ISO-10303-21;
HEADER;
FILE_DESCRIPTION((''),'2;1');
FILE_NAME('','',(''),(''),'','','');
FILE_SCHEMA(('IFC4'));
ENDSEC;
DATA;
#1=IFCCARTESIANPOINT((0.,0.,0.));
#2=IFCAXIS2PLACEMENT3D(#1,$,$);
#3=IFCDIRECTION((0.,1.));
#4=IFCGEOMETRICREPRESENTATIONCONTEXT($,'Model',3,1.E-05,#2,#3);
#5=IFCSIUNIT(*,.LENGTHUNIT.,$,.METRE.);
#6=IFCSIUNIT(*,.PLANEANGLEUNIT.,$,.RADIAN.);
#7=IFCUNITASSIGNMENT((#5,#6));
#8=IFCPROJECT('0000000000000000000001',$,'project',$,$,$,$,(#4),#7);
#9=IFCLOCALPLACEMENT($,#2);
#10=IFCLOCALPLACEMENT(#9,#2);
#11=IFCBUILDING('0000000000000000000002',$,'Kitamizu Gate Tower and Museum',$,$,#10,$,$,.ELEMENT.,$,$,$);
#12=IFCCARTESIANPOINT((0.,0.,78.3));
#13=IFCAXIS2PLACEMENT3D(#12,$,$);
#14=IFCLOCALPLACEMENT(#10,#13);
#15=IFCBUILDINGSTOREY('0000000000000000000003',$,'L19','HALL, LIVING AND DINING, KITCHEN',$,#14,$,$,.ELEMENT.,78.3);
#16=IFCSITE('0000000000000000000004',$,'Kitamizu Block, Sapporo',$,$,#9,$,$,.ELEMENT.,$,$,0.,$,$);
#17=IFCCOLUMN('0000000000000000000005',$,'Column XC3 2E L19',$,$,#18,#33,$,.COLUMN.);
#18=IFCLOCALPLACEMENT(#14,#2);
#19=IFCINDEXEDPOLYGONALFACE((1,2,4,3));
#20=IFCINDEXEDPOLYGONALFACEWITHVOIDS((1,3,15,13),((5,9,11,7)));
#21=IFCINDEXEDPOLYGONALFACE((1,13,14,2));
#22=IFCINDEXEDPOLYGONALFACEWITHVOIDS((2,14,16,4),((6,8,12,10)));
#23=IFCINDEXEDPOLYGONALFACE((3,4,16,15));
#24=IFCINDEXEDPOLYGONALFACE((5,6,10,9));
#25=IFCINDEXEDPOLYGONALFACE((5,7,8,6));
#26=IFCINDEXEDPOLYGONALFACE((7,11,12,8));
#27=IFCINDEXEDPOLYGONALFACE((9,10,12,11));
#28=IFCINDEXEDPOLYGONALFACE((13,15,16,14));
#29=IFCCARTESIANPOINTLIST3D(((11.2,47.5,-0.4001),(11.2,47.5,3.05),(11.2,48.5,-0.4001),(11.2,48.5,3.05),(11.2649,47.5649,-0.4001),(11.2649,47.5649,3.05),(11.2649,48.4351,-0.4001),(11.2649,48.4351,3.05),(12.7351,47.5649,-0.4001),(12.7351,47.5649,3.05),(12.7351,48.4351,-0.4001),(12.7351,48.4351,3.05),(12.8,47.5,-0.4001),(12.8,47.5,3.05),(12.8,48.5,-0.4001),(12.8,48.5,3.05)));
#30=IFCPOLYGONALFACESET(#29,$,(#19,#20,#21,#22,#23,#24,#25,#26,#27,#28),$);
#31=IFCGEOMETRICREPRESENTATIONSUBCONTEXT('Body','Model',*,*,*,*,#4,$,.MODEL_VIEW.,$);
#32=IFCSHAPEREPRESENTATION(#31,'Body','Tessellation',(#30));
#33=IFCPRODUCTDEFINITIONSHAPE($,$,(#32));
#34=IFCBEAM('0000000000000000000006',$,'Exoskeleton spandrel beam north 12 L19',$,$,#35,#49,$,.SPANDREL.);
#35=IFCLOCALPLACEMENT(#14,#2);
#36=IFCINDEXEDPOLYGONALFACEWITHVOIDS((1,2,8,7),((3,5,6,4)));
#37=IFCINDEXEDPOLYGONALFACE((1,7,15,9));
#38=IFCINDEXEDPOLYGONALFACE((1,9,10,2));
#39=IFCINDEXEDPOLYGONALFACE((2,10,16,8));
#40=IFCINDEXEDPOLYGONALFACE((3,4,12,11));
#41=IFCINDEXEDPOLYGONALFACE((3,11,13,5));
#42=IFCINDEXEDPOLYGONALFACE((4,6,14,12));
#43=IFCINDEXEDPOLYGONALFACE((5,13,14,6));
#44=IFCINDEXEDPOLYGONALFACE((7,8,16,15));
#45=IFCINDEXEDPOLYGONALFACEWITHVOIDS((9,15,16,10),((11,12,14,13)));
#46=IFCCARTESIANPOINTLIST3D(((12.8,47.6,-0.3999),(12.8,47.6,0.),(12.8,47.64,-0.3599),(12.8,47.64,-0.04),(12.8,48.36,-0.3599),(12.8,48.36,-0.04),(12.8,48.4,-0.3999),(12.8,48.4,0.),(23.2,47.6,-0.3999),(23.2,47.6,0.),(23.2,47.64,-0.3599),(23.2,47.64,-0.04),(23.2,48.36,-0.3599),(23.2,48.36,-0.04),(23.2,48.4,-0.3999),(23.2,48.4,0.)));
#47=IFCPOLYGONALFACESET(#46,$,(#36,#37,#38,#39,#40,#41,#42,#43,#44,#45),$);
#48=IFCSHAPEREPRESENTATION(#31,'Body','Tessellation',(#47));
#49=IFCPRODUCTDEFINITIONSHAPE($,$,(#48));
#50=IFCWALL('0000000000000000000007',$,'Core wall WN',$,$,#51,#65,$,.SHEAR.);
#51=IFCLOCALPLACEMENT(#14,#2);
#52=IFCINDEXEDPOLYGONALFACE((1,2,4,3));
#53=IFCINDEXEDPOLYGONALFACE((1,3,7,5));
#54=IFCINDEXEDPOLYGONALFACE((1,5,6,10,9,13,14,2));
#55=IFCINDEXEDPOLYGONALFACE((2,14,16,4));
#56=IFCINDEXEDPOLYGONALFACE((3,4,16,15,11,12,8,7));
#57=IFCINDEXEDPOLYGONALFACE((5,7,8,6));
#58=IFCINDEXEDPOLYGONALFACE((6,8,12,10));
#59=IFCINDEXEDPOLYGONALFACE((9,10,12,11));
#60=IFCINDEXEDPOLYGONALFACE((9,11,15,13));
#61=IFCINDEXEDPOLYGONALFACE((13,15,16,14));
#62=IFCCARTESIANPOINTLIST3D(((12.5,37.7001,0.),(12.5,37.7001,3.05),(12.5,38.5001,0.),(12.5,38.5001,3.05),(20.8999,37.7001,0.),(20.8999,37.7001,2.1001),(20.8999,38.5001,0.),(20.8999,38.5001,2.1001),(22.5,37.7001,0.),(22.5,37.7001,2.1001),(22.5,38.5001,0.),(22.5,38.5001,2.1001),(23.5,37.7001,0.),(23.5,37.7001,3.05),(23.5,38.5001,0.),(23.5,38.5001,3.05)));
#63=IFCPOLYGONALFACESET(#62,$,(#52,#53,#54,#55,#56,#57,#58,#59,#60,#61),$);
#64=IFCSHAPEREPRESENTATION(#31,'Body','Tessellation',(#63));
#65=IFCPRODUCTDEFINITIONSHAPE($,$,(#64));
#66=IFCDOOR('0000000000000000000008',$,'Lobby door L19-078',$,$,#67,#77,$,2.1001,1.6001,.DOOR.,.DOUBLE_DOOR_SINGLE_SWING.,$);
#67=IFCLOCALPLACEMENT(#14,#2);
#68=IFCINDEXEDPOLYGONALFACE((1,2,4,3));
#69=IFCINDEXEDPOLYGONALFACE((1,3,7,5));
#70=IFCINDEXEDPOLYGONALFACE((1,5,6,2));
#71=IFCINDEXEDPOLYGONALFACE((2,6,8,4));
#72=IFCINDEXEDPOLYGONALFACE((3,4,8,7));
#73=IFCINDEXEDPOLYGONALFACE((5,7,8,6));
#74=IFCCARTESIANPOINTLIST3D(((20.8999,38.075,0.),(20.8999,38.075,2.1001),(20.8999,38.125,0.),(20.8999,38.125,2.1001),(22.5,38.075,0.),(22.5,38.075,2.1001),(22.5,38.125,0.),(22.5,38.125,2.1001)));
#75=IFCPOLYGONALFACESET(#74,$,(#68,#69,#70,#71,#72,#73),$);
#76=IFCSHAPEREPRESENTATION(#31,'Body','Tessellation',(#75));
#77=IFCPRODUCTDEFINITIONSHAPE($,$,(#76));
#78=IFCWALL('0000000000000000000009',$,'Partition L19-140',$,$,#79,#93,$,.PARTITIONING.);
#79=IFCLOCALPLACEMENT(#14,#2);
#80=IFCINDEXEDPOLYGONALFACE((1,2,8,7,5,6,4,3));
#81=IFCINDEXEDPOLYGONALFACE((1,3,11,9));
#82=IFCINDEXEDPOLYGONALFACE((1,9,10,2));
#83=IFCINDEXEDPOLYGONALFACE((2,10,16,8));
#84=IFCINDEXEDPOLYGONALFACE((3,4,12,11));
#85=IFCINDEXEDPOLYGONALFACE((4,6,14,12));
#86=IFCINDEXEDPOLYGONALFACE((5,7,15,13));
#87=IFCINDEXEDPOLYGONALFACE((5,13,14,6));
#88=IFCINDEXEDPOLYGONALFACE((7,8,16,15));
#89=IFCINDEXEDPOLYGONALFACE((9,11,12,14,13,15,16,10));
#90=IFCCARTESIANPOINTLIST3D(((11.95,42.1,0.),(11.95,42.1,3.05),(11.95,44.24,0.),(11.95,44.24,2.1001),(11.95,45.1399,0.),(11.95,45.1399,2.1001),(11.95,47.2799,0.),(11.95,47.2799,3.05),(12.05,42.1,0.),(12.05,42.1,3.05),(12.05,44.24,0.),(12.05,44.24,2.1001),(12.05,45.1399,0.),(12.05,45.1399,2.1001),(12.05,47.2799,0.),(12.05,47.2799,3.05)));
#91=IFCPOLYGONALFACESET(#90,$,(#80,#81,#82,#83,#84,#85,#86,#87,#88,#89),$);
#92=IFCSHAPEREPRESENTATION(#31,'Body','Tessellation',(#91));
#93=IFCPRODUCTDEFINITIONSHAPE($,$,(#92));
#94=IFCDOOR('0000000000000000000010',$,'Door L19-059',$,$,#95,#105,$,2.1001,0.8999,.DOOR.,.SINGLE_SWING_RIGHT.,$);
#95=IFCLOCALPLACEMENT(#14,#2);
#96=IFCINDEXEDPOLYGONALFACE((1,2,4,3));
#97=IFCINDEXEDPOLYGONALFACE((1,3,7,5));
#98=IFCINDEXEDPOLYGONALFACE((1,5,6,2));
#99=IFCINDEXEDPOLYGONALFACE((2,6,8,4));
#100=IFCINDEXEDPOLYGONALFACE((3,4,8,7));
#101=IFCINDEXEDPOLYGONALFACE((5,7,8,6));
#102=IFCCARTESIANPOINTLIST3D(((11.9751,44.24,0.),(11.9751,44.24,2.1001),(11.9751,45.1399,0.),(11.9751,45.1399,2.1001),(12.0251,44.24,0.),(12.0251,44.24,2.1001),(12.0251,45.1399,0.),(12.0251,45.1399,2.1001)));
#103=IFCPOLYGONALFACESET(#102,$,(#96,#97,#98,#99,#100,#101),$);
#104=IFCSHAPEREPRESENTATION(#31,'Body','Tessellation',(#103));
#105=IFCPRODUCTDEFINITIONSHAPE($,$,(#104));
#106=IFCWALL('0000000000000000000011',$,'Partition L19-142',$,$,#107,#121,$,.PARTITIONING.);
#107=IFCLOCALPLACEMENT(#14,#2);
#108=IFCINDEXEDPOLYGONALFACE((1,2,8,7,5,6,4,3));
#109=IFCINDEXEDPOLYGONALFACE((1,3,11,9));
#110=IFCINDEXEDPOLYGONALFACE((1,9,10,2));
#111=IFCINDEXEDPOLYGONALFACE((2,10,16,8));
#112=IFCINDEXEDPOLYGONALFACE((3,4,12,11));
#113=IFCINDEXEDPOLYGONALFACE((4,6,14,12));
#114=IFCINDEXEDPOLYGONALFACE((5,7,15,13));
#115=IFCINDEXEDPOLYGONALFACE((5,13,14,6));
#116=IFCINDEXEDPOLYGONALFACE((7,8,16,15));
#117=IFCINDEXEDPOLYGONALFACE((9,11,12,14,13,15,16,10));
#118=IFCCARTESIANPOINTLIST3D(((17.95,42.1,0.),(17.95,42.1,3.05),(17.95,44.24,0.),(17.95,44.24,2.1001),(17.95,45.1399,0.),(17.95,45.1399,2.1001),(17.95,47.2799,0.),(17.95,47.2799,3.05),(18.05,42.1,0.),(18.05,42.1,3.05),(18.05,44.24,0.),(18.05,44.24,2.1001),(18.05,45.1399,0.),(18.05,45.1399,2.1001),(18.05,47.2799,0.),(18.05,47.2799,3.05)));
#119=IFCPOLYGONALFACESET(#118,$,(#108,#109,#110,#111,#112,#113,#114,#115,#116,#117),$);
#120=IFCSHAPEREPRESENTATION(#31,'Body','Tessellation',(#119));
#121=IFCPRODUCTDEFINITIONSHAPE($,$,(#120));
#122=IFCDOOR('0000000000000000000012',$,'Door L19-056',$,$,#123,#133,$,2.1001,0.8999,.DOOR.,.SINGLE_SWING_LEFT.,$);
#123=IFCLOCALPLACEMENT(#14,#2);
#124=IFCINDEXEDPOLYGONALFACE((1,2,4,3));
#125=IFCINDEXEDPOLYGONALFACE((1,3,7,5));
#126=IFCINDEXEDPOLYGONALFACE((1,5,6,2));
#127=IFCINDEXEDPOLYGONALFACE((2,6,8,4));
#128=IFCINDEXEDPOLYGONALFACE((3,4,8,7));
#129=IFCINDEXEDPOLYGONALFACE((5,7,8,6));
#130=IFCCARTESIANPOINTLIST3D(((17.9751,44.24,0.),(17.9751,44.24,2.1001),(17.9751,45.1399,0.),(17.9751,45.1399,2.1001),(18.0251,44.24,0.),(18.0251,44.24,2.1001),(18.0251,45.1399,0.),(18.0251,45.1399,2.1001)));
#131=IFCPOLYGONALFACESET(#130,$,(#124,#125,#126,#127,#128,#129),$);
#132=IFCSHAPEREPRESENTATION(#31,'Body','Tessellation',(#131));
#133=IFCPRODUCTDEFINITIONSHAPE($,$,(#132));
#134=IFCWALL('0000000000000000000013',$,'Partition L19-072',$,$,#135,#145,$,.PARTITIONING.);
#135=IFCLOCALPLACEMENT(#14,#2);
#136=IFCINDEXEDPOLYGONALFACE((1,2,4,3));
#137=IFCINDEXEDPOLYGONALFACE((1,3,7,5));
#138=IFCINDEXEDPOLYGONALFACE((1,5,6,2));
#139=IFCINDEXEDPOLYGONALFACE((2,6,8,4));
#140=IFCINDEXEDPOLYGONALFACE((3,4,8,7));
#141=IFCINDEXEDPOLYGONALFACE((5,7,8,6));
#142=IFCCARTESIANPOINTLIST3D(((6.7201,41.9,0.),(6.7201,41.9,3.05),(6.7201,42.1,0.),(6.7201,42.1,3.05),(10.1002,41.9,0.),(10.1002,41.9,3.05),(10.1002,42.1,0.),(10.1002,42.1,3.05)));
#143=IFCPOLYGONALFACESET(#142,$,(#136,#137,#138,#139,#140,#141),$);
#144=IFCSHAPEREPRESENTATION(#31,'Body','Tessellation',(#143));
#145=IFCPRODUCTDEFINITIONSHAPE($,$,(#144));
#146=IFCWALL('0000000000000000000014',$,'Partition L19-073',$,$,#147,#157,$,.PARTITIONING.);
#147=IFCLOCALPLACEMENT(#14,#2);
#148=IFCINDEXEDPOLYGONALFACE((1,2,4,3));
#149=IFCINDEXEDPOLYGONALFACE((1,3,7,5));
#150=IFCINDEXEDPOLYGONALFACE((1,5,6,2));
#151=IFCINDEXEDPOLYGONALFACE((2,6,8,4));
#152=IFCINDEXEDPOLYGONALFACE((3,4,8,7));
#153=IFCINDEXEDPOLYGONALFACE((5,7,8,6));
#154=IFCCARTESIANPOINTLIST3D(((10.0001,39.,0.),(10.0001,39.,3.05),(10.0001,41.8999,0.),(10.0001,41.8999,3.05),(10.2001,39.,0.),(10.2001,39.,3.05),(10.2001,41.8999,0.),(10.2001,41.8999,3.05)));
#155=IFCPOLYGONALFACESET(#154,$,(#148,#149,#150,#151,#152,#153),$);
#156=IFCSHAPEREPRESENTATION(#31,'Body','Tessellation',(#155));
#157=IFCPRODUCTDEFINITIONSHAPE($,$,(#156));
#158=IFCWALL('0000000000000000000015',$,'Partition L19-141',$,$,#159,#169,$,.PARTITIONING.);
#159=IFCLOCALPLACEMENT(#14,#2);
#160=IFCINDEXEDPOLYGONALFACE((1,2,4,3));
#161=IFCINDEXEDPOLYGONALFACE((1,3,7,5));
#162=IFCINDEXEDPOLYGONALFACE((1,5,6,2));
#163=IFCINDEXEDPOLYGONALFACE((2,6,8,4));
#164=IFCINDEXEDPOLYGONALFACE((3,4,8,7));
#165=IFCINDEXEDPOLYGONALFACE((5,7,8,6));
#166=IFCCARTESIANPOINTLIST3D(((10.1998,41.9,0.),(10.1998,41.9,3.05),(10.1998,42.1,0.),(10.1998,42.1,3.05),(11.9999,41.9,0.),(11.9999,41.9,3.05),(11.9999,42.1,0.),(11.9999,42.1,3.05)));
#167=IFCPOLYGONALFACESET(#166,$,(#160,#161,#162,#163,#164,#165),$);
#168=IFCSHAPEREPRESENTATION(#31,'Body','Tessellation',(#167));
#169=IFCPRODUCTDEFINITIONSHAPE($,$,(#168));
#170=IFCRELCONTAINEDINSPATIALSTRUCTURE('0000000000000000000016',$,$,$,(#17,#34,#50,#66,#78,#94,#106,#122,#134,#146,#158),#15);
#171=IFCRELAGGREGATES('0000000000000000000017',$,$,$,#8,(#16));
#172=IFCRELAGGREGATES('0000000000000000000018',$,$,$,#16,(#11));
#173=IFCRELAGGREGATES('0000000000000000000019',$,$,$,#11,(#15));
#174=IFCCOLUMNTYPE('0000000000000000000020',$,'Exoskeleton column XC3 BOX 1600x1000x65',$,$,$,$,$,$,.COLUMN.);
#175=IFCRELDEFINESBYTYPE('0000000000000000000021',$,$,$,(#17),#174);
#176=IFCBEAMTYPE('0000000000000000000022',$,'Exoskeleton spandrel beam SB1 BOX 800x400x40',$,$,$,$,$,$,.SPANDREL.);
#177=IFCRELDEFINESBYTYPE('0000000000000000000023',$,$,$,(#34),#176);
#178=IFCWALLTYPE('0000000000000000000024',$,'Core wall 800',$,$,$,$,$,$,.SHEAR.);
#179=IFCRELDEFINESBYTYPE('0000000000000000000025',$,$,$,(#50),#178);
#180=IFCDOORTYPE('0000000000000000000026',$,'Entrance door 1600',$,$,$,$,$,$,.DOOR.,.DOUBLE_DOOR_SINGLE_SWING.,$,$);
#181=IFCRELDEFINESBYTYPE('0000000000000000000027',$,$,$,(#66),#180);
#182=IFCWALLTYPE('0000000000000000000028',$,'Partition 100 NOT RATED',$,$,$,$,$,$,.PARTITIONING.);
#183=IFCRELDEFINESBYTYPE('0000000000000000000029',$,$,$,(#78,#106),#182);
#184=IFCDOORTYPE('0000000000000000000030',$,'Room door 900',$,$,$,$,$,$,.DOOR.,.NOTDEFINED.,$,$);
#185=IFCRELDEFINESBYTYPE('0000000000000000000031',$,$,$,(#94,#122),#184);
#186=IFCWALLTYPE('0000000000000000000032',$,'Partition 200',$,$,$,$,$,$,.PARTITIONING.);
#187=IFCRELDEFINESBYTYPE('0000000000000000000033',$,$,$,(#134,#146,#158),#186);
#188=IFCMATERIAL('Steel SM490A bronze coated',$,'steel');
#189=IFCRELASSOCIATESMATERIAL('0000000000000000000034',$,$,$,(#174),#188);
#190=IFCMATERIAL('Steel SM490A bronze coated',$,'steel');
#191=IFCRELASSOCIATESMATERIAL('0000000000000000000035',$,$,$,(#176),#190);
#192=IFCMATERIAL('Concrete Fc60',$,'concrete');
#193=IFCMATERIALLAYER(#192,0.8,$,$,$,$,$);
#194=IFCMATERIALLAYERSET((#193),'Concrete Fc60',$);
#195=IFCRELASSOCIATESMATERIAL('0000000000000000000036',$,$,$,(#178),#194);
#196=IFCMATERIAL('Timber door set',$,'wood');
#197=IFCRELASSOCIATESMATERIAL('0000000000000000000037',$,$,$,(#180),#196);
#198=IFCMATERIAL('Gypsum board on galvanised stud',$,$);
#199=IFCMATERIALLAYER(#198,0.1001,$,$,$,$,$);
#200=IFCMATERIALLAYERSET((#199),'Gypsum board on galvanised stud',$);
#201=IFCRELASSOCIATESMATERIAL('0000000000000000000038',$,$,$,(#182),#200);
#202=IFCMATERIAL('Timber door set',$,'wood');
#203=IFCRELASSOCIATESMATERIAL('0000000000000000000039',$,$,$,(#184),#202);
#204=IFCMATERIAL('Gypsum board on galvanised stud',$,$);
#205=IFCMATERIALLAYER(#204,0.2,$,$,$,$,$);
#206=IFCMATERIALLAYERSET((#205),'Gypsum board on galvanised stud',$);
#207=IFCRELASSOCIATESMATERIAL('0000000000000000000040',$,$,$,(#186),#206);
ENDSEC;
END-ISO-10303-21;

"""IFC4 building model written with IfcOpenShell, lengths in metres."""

from ifc_helpers import new_model, si_unit, direction, frame, frame_2d, origin, origin_2d, place, context, subcontext, project, spatial, rectangle, hollow_rectangle, extrude, material, layer, layer_set, material_profile, profile_set, type_object, element, fill, save


model = new_model("IFC4")

# Units and contexts
model_context = context("Model", 3, precision=1e-05, world=origin(), true_north=direction((0.0, 1.0)))
body_context = subcontext(model_context, "Body", "Model", "MODEL_VIEW")
ifc_project = project(units=[si_unit("LENGTHUNIT", "METRE"), si_unit("PLANEANGLEUNIT", "RADIAN")], contexts=[model_context])

# Site, building, storey
site_placement = place(None, origin())
site = spatial("IfcSite", under=ifc_project, at=site_placement, Name="Kitamizu Block, Sapporo", CompositionType="ELEMENT", RefElevation=0.0)
building_placement = place(site_placement, origin())
building = spatial("IfcBuilding", under=site, at=building_placement, Name="Kitamizu Gate Tower and Museum", CompositionType="ELEMENT")
storey_placement = place(building_placement, frame((0.0, 0.0, 78.3)))
storey = spatial("IfcBuildingStorey", under=building, at=storey_placement, Name="L19", Description="HALL, LIVING AND DINING, KITCHEN", CompositionType="ELEMENT", Elevation=78.3)

# Column
ifc_material_1 = material(Name="Steel SM490A bronze coated", Category="steel")
ifc_material_profile_1 = material_profile(ifc_material_1, hollow_rectangle(XDim=1.6001, YDim=1.0, WallThickness=0.0649, at=origin_2d()), Name="BOX 1600x1000x65")
ifc_profile_set_1 = profile_set([ifc_material_profile_1], Name="Steel SM490A bronze coated")
column_type = type_object("IfcColumnType", Name="Exoskeleton column XC3 BOX 1600x1000x65", PredefinedType="COLUMN", material=ifc_profile_set_1)
column_placement = place(storey_placement, frame((12.0, 48.0, -0.4001), z_axis=(0.0, 0.0, 1.0), x_axis=(1.0, 0.0, 0.0)))
element("IfcColumn", 1, at=column_placement, inside=storey, type_object=column_type, Name="Column XC3 2E L19", PredefinedType="COLUMN", context=body_context, shape_type="SweptSolid", body=[
    extrude(hollow_rectangle(XDim=1.6001, YDim=1.0, WallThickness=0.0649, at=origin_2d()), origin(), (0.0, 0.0, 1.0), 3.4502),
])

# Beam
ifc_material_2 = material(Name="Steel SM490A bronze coated", Category="steel")
ifc_material_profile_2 = material_profile(ifc_material_2, hollow_rectangle(XDim=0.8, YDim=0.3999, WallThickness=0.04, at=origin_2d()), Name="BOX 800x400x40")
ifc_profile_set_2 = profile_set([ifc_material_profile_2], Name="Steel SM490A bronze coated")
beam_type = type_object("IfcBeamType", Name="Exoskeleton spandrel beam SB1 BOX 800x400x40", PredefinedType="SPANDREL", material=ifc_profile_set_2)
beam_placement = place(storey_placement, frame((12.8, 48.0, -0.2), z_axis=(1.0, 0.0, 0.0), x_axis=(0.0, 1.0, 0.0)))
element("IfcBeam", 2, at=beam_placement, inside=storey, type_object=beam_type, Name="Exoskeleton spandrel beam north 12 L19", PredefinedType="SPANDREL", context=body_context, shape_type="SweptSolid", body=[
    extrude(hollow_rectangle(XDim=0.8, YDim=0.3999, WallThickness=0.04, at=origin_2d()), origin(), (0.0, 0.0, 1.0), 10.3999),
])

# Walls, openings, doors
ifc_material_3 = material(Name="Concrete Fc60", Category="concrete")
ifc_layer_1 = layer(ifc_material_3, 0.8)
ifc_layer_set_1 = layer_set([ifc_layer_1], Name="Concrete Fc60")
wall_type_1 = type_object("IfcWallType", Name="Core wall 800", PredefinedType="SHEAR", material=ifc_layer_set_1)
wall_1_placement = place(storey_placement, frame((12.5, 38.1001, 0.0), z_axis=(0.0, 0.0, 1.0), x_axis=(1.0, 0.0, 0.0)))
wall_1 = element("IfcWall", 3, at=wall_1_placement, inside=storey, type_object=wall_type_1, Name="Core wall WN", PredefinedType="SHEAR", context=body_context, shape_type="SweptSolid", body=[
    extrude(rectangle(XDim=11.0, YDim=0.8, at=frame_2d((5.5, 0.0))), origin(), (0.0, 0.0, 1.0), 3.05),
])
opening_1_placement = place(wall_1_placement, frame((8.3999, 0.0, 0.0)))
opening_1 = element("IfcOpeningElement", 4, at=opening_1_placement, cuts=wall_1, PredefinedType="OPENING", context=body_context, shape_type="SweptSolid", body=[
    extrude(rectangle(XDim=1.6001, YDim=2.1001, at=frame_2d((0.8, 1.05))), frame((0.0, 0.4102, 0.0), z_axis=(0.0, -1.0, 0.0), x_axis=(1.0, 0.0, 0.0)), (0.0, 0.0, 1.0), 0.8201),
])
ifc_material_4 = material(Name="Timber door set", Category="wood")
door_type_1 = type_object("IfcDoorType", Name="Entrance door 1600", OperationType="DOUBLE_DOOR_SINGLE_SWING", PredefinedType="DOOR", material=ifc_material_4)
door_1_placement = place(opening_1_placement, origin())
door_1 = element("IfcDoor", 5, at=door_1_placement, inside=storey, type_object=door_type_1, Name="Lobby door L19-078", OperationType="DOUBLE_DOOR_SINGLE_SWING", OverallHeight=2.1001, OverallWidth=1.6001, PredefinedType="DOOR", context=body_context, shape_type="SweptSolid", body=[
    extrude(rectangle(XDim=1.6001, YDim=2.1001, at=frame_2d((0.8, 1.05))), frame((0.0, 0.0249, 0.0), z_axis=(0.0, -1.0, 0.0), x_axis=(1.0, 0.0, 0.0)), (0.0, 0.0, 1.0), 0.05),
])
fill(opening_1, door_1)
ifc_material_5 = material(Name="Gypsum board on galvanised stud")
ifc_layer_2 = layer(ifc_material_5, 0.1001)
ifc_layer_set_2 = layer_set([ifc_layer_2], Name="Gypsum board on galvanised stud")
wall_type_2 = type_object("IfcWallType", Name="Partition 100 NOT RATED", PredefinedType="PARTITIONING", material=ifc_layer_set_2)
wall_2_placement = place(storey_placement, frame((12.0, 42.1001, 0.0), z_axis=(0.0, 0.0, 1.0), x_axis=(0.0, 1.0, 0.0)))
wall_2 = element("IfcWall", 6, at=wall_2_placement, inside=storey, type_object=wall_type_2, Name="Partition L19-140", PredefinedType="PARTITIONING", context=body_context, shape_type="SweptSolid", body=[
    extrude(rectangle(XDim=5.1799, YDim=0.1001, at=frame_2d((2.5898, 0.0))), origin(), (0.0, 0.0, 1.0), 3.05),
])
opening_2_placement = place(wall_2_placement, frame((2.1399, 0.0, 0.0)))
opening_2 = element("IfcOpeningElement", 7, at=opening_2_placement, cuts=wall_2, PredefinedType="OPENING", context=body_context, shape_type="SweptSolid", body=[
    extrude(rectangle(XDim=0.8999, YDim=2.1001, at=frame_2d((0.45, 1.05))), frame((0.0, 0.0601, 0.0), z_axis=(0.0, -1.0, 0.0), x_axis=(1.0, 0.0, 0.0)), (0.0, 0.0, 1.0), 0.1201),
])
ifc_material_6 = material(Name="Timber door set", Category="wood")
door_type_2 = type_object("IfcDoorType", Name="Room door 900", OperationType="NOTDEFINED", PredefinedType="DOOR", material=ifc_material_6)
door_2_placement = place(opening_2_placement, origin())
door_2 = element("IfcDoor", 8, at=door_2_placement, inside=storey, type_object=door_type_2, Name="Door L19-059", OperationType="SINGLE_SWING_RIGHT", OverallHeight=2.1001, OverallWidth=0.8999, PredefinedType="DOOR", context=body_context, shape_type="SweptSolid", body=[
    extrude(rectangle(XDim=0.8999, YDim=2.1001, at=frame_2d((0.45, 1.05))), frame((0.0, 0.0249, 0.0), z_axis=(0.0, -1.0, 0.0), x_axis=(1.0, 0.0, 0.0)), (0.0, 0.0, 1.0), 0.05),
])
fill(opening_2, door_2)
wall_3_placement = place(storey_placement, frame((18.0, 42.1001, 0.0), z_axis=(0.0, 0.0, 1.0), x_axis=(0.0, 1.0, 0.0)))
wall_3 = element("IfcWall", 9, at=wall_3_placement, inside=storey, type_object=wall_type_2, Name="Partition L19-142", PredefinedType="PARTITIONING", context=body_context, shape_type="SweptSolid", body=[
    extrude(rectangle(XDim=5.1799, YDim=0.1001, at=frame_2d((2.5898, 0.0))), origin(), (0.0, 0.0, 1.0), 3.05),
])
opening_3_placement = place(wall_3_placement, frame((2.1399, 0.0, 0.0)))
opening_3 = element("IfcOpeningElement", 10, at=opening_3_placement, cuts=wall_3, PredefinedType="OPENING", context=body_context, shape_type="SweptSolid", body=[
    extrude(rectangle(XDim=0.8999, YDim=2.1001, at=frame_2d((0.45, 1.05))), frame((0.0, 0.0601, 0.0), z_axis=(0.0, -1.0, 0.0), x_axis=(1.0, 0.0, 0.0)), (0.0, 0.0, 1.0), 0.1201),
])
door_3_placement = place(opening_3_placement, origin())
door_3 = element("IfcDoor", 11, at=door_3_placement, inside=storey, type_object=door_type_2, Name="Door L19-056", OperationType="SINGLE_SWING_LEFT", OverallHeight=2.1001, OverallWidth=0.8999, PredefinedType="DOOR", context=body_context, shape_type="SweptSolid", body=[
    extrude(rectangle(XDim=0.8999, YDim=2.1001, at=frame_2d((0.45, 1.05))), frame((0.0, 0.0249, 0.0), z_axis=(0.0, -1.0, 0.0), x_axis=(1.0, 0.0, 0.0)), (0.0, 0.0, 1.0), 0.05),
])
fill(opening_3, door_3)

# Walls
ifc_material_7 = material(Name="Gypsum board on galvanised stud")
ifc_layer_3 = layer(ifc_material_7, 0.2)
ifc_layer_set_3 = layer_set([ifc_layer_3], Name="Gypsum board on galvanised stud")
wall_type_3 = type_object("IfcWallType", Name="Partition 200", PredefinedType="PARTITIONING", material=ifc_layer_set_3)
wall_4_placement = place(storey_placement, frame((10.1001, 42.0, 0.0), z_axis=(0.0, 0.0, 1.0), x_axis=(-1.0, 0.0, 0.0)))
element("IfcWall", 12, at=wall_4_placement, inside=storey, type_object=wall_type_3, Name="Partition L19-072", PredefinedType="PARTITIONING", context=body_context, shape_type="SweptSolid", body=[
    extrude(rectangle(XDim=3.3801, YDim=0.2, at=frame_2d((1.6899, 0.0))), origin(), (0.0, 0.0, 1.0), 3.05),
])
wall_5_placement = place(storey_placement, frame((10.1001, 39.0, 0.0), z_axis=(0.0, 0.0, 1.0), x_axis=(0.0, 1.0, 0.0)))
element("IfcWall", 13, at=wall_5_placement, inside=storey, type_object=wall_type_3, Name="Partition L19-073", PredefinedType="PARTITIONING", context=body_context, shape_type="SweptSolid", body=[
    extrude(rectangle(XDim=2.8999, YDim=0.2, at=frame_2d((1.45, 0.0))), origin(), (0.0, 0.0, 1.0), 3.05),
])
wall_6_placement = place(storey_placement, frame((10.2, 42.0, 0.0), z_axis=(0.0, 0.0, 1.0), x_axis=(1.0, 0.0, 0.0)))
element("IfcWall", 14, at=wall_6_placement, inside=storey, type_object=wall_type_3, Name="Partition L19-141", PredefinedType="PARTITIONING", context=body_context, shape_type="SweptSolid", body=[
    extrude(rectangle(XDim=1.8, YDim=0.2, at=frame_2d((0.8999, 0.0))), origin(), (0.0, 0.0, 1.0), 3.05),
])

save(model, "model.ifc")
